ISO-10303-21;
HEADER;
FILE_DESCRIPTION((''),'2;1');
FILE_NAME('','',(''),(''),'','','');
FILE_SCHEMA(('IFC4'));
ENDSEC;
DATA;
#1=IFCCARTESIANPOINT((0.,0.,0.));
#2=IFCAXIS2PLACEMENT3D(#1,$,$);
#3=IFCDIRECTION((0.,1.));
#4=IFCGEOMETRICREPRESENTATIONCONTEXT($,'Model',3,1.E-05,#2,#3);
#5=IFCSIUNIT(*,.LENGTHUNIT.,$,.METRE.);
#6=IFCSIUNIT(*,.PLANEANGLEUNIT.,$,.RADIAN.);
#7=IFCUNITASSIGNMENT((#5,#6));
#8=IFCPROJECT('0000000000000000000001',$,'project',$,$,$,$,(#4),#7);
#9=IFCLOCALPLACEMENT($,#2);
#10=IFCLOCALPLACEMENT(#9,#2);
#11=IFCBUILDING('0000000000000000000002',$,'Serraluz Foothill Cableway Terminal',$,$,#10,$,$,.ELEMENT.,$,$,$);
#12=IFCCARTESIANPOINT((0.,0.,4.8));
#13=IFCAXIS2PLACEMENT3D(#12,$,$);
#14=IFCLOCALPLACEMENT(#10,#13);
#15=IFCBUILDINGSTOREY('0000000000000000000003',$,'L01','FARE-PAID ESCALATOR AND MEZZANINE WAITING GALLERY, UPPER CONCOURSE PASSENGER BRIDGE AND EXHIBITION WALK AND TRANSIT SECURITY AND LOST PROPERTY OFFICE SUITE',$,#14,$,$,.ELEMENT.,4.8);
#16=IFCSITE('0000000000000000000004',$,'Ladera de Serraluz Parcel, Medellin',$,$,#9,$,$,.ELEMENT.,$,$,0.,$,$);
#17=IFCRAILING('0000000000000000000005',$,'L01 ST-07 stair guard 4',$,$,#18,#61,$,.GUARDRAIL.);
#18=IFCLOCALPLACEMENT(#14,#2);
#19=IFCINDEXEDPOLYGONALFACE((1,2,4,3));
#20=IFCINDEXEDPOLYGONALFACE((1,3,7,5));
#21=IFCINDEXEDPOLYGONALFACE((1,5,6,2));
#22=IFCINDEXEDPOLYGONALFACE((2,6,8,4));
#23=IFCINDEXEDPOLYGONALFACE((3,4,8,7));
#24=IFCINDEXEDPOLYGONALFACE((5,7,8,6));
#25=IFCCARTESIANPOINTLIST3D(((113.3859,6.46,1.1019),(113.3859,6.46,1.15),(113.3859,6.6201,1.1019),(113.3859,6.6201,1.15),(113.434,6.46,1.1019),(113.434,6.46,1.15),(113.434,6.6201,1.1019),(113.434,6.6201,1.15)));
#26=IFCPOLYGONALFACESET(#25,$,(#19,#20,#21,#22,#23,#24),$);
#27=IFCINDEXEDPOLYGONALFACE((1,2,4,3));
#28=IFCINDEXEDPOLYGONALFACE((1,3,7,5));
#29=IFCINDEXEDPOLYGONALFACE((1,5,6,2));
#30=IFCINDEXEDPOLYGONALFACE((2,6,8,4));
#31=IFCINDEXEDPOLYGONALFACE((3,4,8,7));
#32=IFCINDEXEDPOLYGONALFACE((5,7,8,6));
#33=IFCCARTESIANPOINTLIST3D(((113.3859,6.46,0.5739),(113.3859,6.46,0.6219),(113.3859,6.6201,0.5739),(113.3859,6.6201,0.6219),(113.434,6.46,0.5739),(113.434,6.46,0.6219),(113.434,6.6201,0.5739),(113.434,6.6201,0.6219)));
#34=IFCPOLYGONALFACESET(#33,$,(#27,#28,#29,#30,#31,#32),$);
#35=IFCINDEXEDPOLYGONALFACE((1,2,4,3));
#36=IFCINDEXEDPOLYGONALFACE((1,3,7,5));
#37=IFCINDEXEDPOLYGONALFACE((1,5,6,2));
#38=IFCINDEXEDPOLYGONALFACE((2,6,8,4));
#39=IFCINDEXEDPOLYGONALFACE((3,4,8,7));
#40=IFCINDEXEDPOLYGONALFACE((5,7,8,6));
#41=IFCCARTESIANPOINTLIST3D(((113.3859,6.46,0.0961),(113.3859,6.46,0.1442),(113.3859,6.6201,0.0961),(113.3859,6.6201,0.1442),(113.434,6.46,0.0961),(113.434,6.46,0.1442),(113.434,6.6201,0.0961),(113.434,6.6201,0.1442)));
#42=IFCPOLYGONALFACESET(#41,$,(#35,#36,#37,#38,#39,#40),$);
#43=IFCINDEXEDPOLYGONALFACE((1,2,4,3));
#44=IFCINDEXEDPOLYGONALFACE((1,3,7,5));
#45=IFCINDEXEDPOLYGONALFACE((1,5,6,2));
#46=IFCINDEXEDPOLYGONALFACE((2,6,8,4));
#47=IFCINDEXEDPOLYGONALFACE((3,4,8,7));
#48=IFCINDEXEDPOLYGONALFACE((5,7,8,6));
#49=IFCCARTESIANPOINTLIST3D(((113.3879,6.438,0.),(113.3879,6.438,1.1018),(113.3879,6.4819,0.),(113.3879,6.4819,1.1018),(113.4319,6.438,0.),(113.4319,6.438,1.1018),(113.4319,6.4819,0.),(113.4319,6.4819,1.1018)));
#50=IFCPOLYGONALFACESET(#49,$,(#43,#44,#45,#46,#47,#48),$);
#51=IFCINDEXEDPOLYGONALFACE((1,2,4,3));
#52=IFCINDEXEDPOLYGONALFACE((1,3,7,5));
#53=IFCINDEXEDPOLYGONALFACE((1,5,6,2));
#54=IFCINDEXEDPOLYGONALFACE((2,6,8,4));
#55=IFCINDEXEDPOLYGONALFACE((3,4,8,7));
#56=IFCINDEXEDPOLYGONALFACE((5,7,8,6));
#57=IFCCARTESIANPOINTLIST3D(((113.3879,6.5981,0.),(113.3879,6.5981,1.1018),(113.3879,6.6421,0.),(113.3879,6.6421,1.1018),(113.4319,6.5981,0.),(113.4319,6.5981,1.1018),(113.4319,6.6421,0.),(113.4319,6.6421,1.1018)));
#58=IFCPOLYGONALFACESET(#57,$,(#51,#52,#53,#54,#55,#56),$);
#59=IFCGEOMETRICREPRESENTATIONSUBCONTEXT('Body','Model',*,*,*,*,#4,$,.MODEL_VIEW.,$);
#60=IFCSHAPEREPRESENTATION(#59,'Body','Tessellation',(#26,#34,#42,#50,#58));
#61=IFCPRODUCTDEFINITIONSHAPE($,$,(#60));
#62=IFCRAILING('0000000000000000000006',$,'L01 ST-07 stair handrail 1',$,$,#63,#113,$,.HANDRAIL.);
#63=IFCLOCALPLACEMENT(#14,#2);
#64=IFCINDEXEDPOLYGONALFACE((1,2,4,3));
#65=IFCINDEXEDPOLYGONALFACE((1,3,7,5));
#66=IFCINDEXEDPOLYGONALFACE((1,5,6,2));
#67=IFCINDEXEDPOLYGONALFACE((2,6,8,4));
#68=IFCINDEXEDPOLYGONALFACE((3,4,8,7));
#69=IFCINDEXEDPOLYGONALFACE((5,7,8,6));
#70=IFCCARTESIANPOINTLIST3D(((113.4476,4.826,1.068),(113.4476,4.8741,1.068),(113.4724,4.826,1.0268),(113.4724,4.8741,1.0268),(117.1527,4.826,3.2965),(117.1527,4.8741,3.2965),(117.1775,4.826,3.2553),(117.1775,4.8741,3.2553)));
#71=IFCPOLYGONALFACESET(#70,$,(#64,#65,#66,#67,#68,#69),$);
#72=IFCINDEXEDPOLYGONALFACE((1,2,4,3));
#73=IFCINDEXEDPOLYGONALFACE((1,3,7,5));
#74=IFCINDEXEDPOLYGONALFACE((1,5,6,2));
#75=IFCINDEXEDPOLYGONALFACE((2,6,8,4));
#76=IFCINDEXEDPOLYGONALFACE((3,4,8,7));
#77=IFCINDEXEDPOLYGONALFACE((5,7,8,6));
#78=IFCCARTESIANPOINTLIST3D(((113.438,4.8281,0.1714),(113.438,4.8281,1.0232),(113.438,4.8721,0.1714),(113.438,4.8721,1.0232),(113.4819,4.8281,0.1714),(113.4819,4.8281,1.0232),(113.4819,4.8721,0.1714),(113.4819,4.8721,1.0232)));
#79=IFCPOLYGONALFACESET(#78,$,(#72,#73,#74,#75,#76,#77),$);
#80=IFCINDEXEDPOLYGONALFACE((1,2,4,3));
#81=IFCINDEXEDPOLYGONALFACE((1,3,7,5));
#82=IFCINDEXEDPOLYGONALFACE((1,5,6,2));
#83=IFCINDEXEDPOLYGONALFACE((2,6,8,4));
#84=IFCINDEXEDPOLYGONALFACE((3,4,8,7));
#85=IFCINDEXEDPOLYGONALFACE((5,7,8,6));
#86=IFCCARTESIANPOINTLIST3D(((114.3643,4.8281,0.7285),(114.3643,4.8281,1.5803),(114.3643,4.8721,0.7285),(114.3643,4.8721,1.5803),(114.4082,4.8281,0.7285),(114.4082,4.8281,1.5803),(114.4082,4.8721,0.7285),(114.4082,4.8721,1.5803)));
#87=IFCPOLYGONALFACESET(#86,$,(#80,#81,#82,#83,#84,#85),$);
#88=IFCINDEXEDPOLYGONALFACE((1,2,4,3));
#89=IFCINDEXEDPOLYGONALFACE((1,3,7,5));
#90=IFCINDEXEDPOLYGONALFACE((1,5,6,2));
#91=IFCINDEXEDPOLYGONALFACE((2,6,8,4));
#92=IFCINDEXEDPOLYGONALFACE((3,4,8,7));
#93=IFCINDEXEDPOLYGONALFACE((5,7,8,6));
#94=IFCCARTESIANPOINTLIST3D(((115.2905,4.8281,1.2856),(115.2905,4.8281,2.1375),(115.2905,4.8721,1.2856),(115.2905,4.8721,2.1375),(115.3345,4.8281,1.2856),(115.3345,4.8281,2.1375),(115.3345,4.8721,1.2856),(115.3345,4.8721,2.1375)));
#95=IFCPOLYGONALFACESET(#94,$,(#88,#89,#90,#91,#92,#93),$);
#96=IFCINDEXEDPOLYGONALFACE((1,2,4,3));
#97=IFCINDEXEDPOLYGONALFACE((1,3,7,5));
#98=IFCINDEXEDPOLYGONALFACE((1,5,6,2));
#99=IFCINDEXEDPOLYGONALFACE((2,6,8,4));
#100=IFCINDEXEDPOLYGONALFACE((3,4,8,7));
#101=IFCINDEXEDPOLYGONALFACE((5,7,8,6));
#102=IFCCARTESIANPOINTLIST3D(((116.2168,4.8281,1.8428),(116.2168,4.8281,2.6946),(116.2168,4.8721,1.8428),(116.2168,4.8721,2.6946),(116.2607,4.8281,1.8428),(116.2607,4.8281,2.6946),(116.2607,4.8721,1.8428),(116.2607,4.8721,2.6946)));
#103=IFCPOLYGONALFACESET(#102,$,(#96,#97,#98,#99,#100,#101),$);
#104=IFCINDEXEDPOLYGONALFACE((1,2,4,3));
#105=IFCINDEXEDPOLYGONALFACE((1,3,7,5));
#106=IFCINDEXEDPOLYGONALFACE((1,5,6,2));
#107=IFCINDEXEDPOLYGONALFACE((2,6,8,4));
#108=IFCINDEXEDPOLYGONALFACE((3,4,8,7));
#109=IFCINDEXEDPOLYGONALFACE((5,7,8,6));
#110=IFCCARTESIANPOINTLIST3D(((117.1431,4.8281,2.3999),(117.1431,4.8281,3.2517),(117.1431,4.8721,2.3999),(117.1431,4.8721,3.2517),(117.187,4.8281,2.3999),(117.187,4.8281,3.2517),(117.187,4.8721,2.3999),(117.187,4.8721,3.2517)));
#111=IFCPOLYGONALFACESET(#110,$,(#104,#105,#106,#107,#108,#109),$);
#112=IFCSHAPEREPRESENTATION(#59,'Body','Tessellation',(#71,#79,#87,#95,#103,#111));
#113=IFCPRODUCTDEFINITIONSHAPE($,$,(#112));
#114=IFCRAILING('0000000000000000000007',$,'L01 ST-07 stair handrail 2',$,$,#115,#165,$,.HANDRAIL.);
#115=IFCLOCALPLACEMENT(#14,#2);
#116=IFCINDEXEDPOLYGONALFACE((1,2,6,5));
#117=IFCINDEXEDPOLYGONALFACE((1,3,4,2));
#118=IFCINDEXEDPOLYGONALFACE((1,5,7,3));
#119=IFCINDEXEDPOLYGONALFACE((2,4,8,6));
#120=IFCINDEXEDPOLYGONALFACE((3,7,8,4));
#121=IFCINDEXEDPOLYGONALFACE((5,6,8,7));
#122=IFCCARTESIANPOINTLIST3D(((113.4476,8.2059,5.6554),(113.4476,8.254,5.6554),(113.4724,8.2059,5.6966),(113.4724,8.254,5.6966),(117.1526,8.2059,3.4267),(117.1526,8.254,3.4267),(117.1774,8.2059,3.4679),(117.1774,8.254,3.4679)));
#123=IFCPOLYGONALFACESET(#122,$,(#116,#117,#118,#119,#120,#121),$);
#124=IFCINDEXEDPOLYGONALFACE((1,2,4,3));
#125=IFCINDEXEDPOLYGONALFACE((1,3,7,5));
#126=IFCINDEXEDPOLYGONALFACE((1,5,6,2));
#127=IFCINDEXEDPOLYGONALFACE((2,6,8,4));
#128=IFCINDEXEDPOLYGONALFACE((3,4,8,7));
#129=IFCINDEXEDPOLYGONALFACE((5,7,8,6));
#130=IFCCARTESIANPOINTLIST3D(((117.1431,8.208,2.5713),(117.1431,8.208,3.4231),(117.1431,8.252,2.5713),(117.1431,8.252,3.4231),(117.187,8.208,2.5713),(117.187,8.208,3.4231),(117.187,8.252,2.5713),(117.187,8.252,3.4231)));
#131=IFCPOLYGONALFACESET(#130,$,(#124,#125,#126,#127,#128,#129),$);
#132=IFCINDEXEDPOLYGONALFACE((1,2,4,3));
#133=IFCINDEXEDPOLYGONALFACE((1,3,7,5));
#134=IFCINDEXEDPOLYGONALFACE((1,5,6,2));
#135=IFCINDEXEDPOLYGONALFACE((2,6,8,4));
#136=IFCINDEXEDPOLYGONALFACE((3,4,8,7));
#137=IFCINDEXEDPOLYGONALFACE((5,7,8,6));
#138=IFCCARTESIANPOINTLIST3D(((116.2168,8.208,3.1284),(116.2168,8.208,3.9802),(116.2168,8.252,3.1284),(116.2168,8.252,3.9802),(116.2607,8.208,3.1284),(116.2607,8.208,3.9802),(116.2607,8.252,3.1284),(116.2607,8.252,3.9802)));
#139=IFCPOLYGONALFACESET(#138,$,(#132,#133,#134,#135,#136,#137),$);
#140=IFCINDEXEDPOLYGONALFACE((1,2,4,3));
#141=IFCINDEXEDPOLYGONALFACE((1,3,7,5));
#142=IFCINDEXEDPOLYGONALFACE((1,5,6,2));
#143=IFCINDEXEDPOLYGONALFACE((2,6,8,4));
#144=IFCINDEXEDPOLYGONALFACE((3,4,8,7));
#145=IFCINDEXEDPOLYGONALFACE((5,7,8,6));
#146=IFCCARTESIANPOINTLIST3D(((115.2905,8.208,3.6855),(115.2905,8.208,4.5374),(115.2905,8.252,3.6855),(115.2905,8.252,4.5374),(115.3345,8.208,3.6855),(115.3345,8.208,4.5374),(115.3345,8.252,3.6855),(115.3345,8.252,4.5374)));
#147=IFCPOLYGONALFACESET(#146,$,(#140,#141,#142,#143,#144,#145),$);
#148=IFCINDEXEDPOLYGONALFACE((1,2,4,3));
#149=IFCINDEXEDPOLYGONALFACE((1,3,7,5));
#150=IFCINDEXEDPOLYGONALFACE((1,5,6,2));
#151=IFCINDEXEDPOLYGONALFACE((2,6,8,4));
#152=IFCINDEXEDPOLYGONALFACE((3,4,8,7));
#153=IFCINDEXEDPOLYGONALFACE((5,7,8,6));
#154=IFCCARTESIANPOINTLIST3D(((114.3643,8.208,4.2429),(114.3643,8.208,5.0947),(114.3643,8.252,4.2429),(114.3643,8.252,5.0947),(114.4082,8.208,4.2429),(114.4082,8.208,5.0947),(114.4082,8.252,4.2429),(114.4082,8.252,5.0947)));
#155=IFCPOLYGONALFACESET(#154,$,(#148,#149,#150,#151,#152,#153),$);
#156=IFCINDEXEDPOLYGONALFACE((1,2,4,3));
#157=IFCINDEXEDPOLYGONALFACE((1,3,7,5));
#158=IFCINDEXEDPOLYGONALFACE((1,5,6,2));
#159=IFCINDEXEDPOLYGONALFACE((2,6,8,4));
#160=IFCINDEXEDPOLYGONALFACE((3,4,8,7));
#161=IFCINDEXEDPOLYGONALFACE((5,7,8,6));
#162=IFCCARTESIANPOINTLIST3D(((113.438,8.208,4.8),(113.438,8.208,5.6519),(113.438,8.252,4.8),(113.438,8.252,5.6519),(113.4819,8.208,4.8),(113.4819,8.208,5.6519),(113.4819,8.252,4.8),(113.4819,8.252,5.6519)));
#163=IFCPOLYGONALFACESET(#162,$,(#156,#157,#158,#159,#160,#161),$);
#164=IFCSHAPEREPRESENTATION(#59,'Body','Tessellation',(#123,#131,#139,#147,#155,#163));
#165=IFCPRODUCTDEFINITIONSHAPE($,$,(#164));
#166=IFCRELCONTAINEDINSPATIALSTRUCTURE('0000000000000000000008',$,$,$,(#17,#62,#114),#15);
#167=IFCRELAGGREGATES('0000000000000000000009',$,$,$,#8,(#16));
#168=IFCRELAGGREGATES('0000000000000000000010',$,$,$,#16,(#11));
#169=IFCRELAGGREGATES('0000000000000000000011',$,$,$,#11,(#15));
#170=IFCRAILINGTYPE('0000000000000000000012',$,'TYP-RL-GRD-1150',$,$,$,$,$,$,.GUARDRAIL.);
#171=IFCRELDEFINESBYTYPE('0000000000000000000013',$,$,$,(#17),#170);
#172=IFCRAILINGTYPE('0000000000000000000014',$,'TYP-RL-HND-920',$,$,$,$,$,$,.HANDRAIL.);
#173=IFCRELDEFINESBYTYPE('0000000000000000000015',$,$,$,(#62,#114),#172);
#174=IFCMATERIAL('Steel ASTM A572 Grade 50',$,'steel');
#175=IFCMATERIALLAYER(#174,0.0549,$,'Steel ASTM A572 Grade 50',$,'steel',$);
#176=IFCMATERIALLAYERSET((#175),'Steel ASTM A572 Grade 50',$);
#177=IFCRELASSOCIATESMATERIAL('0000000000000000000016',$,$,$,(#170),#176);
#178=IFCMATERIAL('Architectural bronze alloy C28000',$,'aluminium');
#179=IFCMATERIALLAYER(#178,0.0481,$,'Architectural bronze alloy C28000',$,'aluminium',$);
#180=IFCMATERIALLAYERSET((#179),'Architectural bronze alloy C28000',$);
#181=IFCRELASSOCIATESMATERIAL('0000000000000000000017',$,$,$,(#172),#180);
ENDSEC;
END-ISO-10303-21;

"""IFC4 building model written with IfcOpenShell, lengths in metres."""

from ifc_helpers import new_model, si_unit, direction, frame, origin, origin_2d, place, context, subcontext, project, spatial, rectangle, extrude, material, layer, layer_set, type_object, element, save


model = new_model("IFC4")

# Units and contexts
model_context = context("Model", 3, precision=1e-05, world=origin(), true_north=direction((0.0, 1.0)))
body_context = subcontext(model_context, "Body", "Model", "MODEL_VIEW")
ifc_project = project(units=[si_unit("LENGTHUNIT", "METRE"), si_unit("PLANEANGLEUNIT", "RADIAN")], contexts=[model_context])

# Site, building, storey
site_placement = place(None, origin())
site = spatial("IfcSite", under=ifc_project, at=site_placement, Name="Ladera de Serraluz Parcel, Medellin", CompositionType="ELEMENT", RefElevation=0.0)
building_placement = place(site_placement, origin())
building = spatial("IfcBuilding", under=site, at=building_placement, Name="Serraluz Foothill Cableway Terminal", CompositionType="ELEMENT")
storey_placement = place(building_placement, frame((0.0, 0.0, 4.8)))
storey = spatial("IfcBuildingStorey", under=building, at=storey_placement, Name="L01", Description="FARE-PAID ESCALATOR AND MEZZANINE WAITING GALLERY, UPPER CONCOURSE PASSENGER BRIDGE AND EXHIBITION WALK AND TRANSIT SECURITY AND LOST PROPERTY OFFICE SUITE", CompositionType="ELEMENT", Elevation=4.8)

# Shared definitions
ifc_material_1 = material(Name="Architectural bronze alloy C28000", Category="aluminium")

# Railings
ifc_material_2 = material(Name="Steel ASTM A572 Grade 50", Category="steel")
ifc_layer_1 = layer(ifc_material_2, 0.0549, Name="Steel ASTM A572 Grade 50", Category="steel")
ifc_layer_set_1 = layer_set([ifc_layer_1], Name="Steel ASTM A572 Grade 50")
railing_type_1 = type_object("IfcRailingType", Name="TYP-RL-GRD-1150", PredefinedType="GUARDRAIL", material=ifc_layer_set_1)
railing_1_placement = place(storey_placement, frame((113.4099, 6.46, 0.0)))
element("IfcRailing", 1, at=railing_1_placement, inside=storey, type_object=railing_type_1, Name="L01 ST-07 stair guard 4", PredefinedType="GUARDRAIL", context=body_context, shape_type="SweptSolid", body=[
    extrude(rectangle(XDim=0.0481, YDim=0.0481, at=origin_2d()), frame((0.0, 0.0, 1.126), z_axis=(0.0, 1.0, 0.0), x_axis=(-1.0, 0.0, 0.0)), (0.0, 0.0, 1.0), 0.1602),
    extrude(rectangle(XDim=0.0481, YDim=0.0481, at=origin_2d()), frame((0.0, 0.0, 0.5979), z_axis=(0.0, 1.0, 0.0), x_axis=(-1.0, 0.0, 0.0)), (0.0, 0.0, 1.0), 0.1602),
    extrude(rectangle(XDim=0.0481, YDim=0.0481, at=origin_2d()), frame((0.0, 0.0, 0.1201), z_axis=(0.0, 1.0, 0.0), x_axis=(-1.0, 0.0, 0.0)), (0.0, 0.0, 1.0), 0.1602),
    extrude(rectangle(XDim=0.0439, YDim=0.0439, at=origin_2d()), origin(), (0.0, 0.0, 1.0), 1.1018),
    extrude(rectangle(XDim=0.0439, YDim=0.0439, at=origin_2d()), frame((0.0, 0.1602, 0.0)), (0.0, 0.0, 1.0), 1.1018),
])
ifc_layer_2 = layer(ifc_material_1, 0.0481, Name="Architectural bronze alloy C28000", Category="aluminium")
ifc_layer_set_2 = layer_set([ifc_layer_2], Name="Architectural bronze alloy C28000")
railing_type_2 = type_object("IfcRailingType", Name="TYP-RL-HND-920", PredefinedType="HANDRAIL", material=ifc_layer_set_2)
railing_2_placement = place(storey_placement, frame((113.46, 4.8501, 0.1714)))
element("IfcRailing", 2, at=railing_2_placement, inside=storey, type_object=railing_type_2, Name="L01 ST-07 stair handrail 1", PredefinedType="HANDRAIL", context=body_context, shape_type="SweptSolid", body=[
    extrude(rectangle(XDim=0.0481, YDim=0.0481, at=origin_2d()), frame((0.0, 0.0, 0.876), z_axis=(0.856934, 0.0, 0.515425), x_axis=(0.0, 1.0, 0.0)), (0.0, 0.0, 1.0), 4.3237),
    extrude(rectangle(XDim=0.0439, YDim=0.0439, at=origin_2d()), origin(), (0.0, 0.0, 1.0), 0.8518),
    extrude(rectangle(XDim=0.0439, YDim=0.0439, at=origin_2d()), frame((0.9263, 0.0, 0.5571)), (0.0, 0.0, 1.0), 0.8518),
    extrude(rectangle(XDim=0.0439, YDim=0.0439, at=origin_2d()), frame((1.8525, 0.0, 1.1143)), (0.0, 0.0, 1.0), 0.8518),
    extrude(rectangle(XDim=0.0439, YDim=0.0439, at=origin_2d()), frame((2.7788, 0.0, 1.6714)), (0.0, 0.0, 1.0), 0.8518),
    extrude(rectangle(XDim=0.0439, YDim=0.0439, at=origin_2d()), frame((3.7051, 0.0, 2.2285)), (0.0, 0.0, 1.0), 0.8518),
])
railing_3_placement = place(storey_placement, frame((117.165, 8.23, 2.5713)))
element("IfcRailing", 3, at=railing_3_placement, inside=storey, type_object=railing_type_2, Name="L01 ST-07 stair handrail 2", PredefinedType="HANDRAIL", context=body_context, shape_type="SweptSolid", body=[
    extrude(rectangle(XDim=0.0481, YDim=0.0481, at=origin_2d()), frame((0.0, 0.0, 0.876), z_axis=(-0.856909, 0.0, 0.515467), x_axis=(0.0, -1.0, 0.0)), (0.0, 0.0, 1.0), 4.3237),
    extrude(rectangle(XDim=0.0439, YDim=0.0439, at=origin_2d()), origin(), (0.0, 0.0, 1.0), 0.8518),
    extrude(rectangle(XDim=0.0439, YDim=0.0439, at=origin_2d()), frame((-0.9263, 0.0, 0.5571)), (0.0, 0.0, 1.0), 0.8518),
    extrude(rectangle(XDim=0.0439, YDim=0.0439, at=origin_2d()), frame((-1.8525, 0.0, 1.1143)), (0.0, 0.0, 1.0), 0.8518),
    extrude(rectangle(XDim=0.0439, YDim=0.0439, at=origin_2d()), frame((-2.7788, 0.0, 1.6716)), (0.0, 0.0, 1.0), 0.8518),
    extrude(rectangle(XDim=0.0439, YDim=0.0439, at=origin_2d()), frame((-3.7051, 0.0, 2.2288)), (0.0, 0.0, 1.0), 0.8518),
])

save(model, "model.ifc")
